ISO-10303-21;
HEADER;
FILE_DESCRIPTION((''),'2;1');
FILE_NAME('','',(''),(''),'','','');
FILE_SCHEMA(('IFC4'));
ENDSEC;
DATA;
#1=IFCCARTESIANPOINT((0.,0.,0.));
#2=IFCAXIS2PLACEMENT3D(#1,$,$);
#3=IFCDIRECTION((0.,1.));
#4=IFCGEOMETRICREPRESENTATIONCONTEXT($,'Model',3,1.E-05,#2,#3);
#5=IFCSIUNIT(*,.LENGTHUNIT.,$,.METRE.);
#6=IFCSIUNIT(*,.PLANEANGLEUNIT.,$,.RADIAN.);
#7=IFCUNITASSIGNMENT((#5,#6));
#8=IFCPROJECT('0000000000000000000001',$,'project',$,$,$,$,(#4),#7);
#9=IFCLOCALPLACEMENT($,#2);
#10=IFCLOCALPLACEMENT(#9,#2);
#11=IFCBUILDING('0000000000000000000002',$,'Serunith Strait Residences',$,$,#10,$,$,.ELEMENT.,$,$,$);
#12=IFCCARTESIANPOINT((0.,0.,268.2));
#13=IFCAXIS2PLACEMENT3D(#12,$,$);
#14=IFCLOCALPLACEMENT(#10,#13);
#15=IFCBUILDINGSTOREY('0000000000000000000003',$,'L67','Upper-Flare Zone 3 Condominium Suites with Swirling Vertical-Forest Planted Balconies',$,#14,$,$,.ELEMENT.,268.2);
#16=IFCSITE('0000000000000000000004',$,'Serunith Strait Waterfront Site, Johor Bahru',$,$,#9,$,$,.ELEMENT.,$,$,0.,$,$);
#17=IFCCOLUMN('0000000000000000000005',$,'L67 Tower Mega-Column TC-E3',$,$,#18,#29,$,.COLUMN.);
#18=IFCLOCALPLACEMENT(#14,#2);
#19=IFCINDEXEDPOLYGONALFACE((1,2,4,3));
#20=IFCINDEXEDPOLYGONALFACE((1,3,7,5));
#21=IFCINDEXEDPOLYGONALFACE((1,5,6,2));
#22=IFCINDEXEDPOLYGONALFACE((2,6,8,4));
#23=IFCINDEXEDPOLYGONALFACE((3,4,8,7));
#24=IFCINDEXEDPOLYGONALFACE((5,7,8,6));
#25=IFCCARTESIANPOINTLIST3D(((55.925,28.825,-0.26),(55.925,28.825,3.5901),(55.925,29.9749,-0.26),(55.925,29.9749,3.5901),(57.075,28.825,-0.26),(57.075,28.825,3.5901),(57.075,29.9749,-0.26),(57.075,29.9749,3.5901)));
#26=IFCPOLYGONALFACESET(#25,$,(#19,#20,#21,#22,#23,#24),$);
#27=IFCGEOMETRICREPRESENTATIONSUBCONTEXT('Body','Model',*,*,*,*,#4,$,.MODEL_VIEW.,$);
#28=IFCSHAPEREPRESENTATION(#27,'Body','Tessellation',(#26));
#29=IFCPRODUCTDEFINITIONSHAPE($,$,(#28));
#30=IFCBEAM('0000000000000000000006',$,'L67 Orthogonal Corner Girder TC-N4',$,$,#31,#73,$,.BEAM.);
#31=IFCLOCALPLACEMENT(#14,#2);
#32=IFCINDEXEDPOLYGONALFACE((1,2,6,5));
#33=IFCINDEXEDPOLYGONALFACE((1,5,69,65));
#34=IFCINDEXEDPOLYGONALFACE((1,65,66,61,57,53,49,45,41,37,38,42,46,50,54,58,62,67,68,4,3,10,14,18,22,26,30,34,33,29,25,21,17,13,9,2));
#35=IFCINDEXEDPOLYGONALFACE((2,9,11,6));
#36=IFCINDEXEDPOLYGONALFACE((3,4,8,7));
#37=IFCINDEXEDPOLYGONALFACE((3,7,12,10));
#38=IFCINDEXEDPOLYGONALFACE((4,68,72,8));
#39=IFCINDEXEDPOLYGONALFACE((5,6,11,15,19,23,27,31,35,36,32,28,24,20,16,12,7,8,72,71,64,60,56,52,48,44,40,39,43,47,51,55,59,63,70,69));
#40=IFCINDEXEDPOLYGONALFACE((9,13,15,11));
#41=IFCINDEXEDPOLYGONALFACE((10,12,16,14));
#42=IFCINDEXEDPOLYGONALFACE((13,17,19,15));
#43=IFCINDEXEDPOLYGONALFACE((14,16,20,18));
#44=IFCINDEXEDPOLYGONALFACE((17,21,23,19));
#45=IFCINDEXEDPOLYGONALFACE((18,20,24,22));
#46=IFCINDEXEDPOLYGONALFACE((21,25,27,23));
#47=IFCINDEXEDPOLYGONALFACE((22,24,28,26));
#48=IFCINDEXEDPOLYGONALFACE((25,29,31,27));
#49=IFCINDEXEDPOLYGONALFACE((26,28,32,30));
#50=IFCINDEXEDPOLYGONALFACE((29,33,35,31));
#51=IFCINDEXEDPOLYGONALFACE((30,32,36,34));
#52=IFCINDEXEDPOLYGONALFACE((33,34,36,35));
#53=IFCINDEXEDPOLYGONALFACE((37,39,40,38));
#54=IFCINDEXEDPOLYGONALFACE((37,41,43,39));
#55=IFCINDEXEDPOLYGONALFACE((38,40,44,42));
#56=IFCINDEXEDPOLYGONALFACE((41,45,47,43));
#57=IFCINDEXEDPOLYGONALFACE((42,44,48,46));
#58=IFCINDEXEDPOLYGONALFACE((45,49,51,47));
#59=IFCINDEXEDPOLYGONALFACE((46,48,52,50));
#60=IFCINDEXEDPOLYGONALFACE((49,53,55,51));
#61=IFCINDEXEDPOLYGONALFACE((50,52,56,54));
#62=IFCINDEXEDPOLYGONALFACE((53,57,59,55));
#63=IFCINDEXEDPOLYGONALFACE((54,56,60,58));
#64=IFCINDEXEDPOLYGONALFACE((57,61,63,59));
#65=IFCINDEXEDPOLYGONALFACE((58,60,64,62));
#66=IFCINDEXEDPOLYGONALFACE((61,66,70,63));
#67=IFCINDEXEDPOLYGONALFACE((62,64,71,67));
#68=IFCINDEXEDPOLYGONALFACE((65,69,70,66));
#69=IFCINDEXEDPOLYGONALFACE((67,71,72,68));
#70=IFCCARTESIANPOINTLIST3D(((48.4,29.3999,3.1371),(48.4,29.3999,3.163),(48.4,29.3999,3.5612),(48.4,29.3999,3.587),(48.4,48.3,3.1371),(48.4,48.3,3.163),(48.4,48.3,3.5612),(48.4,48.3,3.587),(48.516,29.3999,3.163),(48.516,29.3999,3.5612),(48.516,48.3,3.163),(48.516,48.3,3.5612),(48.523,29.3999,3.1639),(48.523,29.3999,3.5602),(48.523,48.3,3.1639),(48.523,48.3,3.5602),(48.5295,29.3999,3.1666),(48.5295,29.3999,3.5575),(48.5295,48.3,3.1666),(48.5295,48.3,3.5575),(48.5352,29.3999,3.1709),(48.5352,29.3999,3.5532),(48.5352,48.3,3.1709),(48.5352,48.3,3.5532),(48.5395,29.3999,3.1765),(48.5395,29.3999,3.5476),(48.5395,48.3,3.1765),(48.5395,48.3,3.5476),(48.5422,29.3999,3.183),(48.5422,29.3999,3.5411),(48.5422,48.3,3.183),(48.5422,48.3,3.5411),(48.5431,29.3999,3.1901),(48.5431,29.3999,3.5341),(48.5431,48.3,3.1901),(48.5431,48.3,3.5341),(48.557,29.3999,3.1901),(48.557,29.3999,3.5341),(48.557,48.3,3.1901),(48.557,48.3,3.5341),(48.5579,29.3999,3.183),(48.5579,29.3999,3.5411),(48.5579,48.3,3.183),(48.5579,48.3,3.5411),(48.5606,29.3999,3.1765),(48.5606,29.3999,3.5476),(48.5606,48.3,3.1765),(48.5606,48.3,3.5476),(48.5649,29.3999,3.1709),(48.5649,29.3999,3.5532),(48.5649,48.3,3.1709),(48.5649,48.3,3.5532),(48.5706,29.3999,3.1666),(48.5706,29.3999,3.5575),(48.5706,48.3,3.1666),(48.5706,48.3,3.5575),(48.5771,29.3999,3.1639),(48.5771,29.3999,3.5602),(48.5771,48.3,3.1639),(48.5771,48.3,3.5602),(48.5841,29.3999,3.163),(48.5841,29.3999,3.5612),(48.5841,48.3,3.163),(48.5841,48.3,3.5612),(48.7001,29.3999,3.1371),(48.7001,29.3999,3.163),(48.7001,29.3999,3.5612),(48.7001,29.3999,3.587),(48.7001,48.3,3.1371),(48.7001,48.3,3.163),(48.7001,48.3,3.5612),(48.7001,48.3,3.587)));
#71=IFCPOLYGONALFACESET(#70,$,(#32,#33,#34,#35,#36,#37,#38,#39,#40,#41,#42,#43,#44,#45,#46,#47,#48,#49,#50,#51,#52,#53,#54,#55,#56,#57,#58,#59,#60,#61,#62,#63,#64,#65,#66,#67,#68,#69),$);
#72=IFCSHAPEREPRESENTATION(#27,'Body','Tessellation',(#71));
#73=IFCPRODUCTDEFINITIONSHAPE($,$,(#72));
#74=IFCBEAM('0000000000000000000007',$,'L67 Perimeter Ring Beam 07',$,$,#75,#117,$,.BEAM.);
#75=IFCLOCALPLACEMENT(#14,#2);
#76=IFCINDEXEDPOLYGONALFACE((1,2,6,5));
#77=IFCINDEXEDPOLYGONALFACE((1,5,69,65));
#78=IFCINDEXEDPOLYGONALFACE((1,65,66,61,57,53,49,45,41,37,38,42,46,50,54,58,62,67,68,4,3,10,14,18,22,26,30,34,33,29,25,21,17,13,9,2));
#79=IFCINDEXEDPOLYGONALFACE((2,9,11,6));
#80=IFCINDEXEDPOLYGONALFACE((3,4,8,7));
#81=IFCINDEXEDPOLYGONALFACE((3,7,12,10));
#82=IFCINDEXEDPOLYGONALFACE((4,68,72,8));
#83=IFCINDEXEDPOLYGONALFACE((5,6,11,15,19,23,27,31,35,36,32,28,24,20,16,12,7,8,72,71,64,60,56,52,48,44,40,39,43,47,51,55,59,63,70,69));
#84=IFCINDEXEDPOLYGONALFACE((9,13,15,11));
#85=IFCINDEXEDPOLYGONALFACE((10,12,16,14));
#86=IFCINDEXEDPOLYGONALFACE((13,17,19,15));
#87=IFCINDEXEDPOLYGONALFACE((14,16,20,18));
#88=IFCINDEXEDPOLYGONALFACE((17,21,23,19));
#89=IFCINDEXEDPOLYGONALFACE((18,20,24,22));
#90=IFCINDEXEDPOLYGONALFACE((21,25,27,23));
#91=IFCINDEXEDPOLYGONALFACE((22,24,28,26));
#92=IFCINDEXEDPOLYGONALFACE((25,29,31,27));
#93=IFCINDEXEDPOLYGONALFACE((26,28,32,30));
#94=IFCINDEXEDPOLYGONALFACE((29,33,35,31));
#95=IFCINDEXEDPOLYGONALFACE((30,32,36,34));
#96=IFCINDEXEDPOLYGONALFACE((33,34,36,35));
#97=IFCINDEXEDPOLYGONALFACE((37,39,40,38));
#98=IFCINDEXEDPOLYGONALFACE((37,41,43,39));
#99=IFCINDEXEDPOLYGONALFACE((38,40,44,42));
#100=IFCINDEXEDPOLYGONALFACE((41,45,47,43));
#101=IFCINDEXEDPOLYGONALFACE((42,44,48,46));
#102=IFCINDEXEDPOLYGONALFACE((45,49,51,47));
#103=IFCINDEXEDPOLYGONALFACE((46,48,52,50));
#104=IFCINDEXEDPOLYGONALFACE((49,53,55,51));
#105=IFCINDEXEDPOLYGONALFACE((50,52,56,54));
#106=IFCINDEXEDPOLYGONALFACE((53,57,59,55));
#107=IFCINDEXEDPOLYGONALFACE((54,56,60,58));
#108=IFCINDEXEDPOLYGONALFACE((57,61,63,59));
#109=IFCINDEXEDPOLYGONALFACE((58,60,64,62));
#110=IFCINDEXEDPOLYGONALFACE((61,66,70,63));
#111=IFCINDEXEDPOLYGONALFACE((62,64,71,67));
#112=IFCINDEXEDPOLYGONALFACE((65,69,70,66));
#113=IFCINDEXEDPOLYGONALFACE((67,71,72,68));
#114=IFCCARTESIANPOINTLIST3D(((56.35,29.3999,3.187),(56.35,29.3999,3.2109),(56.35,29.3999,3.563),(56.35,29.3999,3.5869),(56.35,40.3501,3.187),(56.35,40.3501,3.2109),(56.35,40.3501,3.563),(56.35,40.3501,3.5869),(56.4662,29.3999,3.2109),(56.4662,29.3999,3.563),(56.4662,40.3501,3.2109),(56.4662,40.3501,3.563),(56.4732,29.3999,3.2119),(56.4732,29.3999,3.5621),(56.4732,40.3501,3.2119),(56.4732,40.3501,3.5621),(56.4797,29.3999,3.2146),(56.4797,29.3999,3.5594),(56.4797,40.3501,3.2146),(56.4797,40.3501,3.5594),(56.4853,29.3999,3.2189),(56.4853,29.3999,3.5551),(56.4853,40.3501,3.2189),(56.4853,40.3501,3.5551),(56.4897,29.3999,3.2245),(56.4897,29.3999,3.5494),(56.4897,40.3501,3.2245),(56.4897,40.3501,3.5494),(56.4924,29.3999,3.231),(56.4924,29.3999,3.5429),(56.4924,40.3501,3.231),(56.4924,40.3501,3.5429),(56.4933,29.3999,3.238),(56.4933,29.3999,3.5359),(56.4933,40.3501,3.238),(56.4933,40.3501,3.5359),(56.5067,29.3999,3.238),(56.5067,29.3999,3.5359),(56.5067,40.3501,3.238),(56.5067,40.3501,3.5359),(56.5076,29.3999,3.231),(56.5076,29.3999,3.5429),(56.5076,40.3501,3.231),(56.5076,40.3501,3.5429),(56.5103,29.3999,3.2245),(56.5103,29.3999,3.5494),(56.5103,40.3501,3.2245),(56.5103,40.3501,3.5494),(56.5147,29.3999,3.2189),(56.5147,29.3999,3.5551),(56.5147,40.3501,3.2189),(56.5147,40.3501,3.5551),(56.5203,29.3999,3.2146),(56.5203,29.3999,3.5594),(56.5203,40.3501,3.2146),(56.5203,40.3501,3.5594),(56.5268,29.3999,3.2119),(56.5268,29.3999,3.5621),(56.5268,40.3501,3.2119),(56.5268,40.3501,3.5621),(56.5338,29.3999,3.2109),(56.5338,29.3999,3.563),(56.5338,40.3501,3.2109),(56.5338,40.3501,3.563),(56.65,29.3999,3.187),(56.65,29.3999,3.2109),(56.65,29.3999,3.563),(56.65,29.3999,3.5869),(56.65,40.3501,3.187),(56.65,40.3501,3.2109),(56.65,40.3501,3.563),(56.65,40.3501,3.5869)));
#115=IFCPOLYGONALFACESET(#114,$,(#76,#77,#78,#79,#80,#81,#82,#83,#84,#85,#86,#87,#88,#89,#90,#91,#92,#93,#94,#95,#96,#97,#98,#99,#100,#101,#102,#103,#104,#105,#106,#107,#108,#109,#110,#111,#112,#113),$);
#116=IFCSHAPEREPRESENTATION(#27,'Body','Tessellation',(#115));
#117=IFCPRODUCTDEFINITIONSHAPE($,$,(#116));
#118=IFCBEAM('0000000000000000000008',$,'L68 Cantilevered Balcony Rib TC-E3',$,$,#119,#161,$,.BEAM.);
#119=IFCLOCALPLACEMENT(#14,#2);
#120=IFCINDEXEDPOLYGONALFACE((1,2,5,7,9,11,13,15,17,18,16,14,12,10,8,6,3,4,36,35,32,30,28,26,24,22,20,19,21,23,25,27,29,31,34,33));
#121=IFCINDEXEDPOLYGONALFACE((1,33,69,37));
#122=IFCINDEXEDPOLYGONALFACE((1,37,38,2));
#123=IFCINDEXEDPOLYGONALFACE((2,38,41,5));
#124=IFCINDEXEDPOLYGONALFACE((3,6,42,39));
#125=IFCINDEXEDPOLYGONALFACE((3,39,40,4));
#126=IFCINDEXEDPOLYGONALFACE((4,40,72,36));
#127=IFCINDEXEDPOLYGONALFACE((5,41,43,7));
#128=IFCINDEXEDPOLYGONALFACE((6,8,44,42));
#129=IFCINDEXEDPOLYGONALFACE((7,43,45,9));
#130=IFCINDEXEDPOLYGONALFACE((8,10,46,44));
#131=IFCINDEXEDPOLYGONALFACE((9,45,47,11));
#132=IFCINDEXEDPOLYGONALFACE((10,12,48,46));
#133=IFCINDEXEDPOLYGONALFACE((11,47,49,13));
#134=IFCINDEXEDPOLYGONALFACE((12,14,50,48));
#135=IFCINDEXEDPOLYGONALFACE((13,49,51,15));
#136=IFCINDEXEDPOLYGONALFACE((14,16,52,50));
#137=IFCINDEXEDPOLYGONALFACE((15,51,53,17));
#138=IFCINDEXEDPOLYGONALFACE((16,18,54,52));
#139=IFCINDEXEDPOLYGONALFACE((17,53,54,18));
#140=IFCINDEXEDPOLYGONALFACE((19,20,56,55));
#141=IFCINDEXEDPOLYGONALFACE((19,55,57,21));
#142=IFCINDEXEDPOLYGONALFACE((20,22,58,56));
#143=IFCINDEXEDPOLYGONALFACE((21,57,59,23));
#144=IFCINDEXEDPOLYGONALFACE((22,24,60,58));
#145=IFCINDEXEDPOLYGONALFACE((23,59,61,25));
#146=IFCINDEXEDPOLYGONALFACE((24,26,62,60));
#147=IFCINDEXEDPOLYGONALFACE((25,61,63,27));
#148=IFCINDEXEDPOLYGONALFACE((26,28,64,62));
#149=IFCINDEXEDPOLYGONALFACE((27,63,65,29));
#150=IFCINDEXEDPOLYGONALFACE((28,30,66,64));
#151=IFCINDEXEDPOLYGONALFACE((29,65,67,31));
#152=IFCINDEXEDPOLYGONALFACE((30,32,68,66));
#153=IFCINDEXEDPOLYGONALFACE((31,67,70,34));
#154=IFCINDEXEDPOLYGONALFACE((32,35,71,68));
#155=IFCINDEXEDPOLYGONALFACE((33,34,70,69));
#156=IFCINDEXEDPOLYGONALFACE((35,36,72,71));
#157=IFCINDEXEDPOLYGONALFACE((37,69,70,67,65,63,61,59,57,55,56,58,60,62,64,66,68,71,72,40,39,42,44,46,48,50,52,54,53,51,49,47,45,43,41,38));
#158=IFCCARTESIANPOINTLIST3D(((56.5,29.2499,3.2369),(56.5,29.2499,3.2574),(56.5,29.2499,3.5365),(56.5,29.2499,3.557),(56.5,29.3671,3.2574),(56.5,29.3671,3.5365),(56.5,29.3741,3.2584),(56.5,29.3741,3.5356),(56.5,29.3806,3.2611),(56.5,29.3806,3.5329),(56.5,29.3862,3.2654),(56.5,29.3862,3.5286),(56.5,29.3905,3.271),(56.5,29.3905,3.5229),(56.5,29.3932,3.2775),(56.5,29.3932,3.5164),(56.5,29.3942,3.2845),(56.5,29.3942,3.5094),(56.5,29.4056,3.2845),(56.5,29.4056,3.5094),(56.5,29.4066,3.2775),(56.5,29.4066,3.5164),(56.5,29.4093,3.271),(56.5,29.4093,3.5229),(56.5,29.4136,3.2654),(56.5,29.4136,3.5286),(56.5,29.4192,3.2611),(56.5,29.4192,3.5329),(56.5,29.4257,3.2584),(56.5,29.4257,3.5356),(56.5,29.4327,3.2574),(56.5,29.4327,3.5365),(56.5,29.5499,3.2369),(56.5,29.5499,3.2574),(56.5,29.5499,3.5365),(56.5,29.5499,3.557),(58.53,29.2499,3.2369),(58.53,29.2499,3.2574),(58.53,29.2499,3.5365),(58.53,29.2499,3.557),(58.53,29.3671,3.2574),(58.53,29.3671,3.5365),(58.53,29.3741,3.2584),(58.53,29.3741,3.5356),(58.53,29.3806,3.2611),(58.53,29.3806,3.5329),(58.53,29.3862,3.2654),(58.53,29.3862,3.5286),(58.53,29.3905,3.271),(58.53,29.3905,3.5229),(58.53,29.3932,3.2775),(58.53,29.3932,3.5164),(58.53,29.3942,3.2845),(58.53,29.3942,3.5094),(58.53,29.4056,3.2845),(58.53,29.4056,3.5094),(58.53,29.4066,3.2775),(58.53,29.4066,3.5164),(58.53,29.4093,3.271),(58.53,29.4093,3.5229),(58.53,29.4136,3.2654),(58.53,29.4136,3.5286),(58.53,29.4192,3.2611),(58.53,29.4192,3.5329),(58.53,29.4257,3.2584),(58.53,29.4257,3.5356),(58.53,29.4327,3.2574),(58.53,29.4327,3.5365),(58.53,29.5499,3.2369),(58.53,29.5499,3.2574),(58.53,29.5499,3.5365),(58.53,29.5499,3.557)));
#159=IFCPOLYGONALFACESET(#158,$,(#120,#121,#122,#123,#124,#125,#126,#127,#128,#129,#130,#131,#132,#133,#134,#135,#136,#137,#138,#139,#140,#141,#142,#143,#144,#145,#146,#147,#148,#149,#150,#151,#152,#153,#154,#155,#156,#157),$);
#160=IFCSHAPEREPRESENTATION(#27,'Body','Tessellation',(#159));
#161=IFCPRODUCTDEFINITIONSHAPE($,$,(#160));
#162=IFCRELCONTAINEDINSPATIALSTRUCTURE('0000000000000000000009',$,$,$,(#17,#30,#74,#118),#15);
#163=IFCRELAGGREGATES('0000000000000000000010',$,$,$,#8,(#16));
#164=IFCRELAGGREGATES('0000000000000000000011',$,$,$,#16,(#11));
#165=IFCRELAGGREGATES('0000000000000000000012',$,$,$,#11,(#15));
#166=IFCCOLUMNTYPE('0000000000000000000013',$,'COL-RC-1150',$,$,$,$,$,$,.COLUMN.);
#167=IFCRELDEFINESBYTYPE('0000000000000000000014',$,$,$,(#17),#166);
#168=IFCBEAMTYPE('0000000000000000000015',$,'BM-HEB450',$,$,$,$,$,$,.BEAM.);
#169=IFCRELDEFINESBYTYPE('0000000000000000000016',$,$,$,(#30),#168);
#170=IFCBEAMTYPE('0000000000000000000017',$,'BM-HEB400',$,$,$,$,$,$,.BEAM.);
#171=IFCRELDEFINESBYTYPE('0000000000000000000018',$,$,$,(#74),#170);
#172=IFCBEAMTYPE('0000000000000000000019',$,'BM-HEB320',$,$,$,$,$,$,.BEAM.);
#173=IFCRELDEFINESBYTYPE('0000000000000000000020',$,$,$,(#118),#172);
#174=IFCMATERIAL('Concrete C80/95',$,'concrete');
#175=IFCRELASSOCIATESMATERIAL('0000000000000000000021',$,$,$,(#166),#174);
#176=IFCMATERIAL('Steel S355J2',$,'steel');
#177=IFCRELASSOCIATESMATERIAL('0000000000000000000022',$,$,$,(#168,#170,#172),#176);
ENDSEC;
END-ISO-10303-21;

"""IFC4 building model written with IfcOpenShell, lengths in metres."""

from ifc_helpers import new_model, si_unit, direction, frame, origin, origin_2d, place, context, subcontext, project, spatial, rectangle, i_section, extrude, source, transform, mapped, material, material_profile, profile_set, type_object, element, save


model = new_model("IFC4")

# Units and contexts
model_context = context("Model", 3, precision=1e-05, world=origin(), true_north=direction((0.0, 1.0)))
body_context = subcontext(model_context, "Body", "Model", "MODEL_VIEW")
ifc_project = project(units=[si_unit("LENGTHUNIT", "METRE"), si_unit("PLANEANGLEUNIT", "RADIAN")], contexts=[model_context])

# Site, building, storey
site_placement = place(None, origin())
site = spatial("IfcSite", under=ifc_project, at=site_placement, Name="Serunith Strait Waterfront Site, Johor Bahru", CompositionType="ELEMENT", RefElevation=0.0)
building_placement = place(site_placement, origin())
building = spatial("IfcBuilding", under=site, at=building_placement, Name="Serunith Strait Residences", CompositionType="ELEMENT")
storey_placement = place(building_placement, frame((0.0, 0.0, 268.2)))
storey = spatial("IfcBuildingStorey", under=building, at=storey_placement, Name="L67", Description="Upper-Flare Zone 3 Condominium Suites with Swirling Vertical-Forest Planted Balconies", CompositionType="ELEMENT", Elevation=268.2)

# Column
ifc_material_1 = material(Name="Concrete C80/95", Category="concrete")
ifc_material_profile_1 = material_profile(ifc_material_1, rectangle(XDim=1.1499, YDim=1.1499, at=origin_2d()), Name="RC 1150x1150")
ifc_profile_set_1 = profile_set([ifc_material_profile_1], Name="Concrete C80/95")
column_type = type_object("IfcColumnType", Name="COL-RC-1150", PredefinedType="COLUMN", material=ifc_profile_set_1)
shared_shape_1 = source(origin(), body_context, "Body", "SweptSolid", [
    extrude(rectangle(XDim=1.1499, YDim=1.1499, at=origin_2d()), origin(), (0.0, 0.0, 1.0), 3.8501),
])
column_placement = place(storey_placement, frame((56.5, 29.3999, -0.26), z_axis=(0.0, 0.0, 1.0), x_axis=(1.0, 0.0, 0.0)))
element("IfcColumn", 1, at=column_placement, inside=storey, type_object=column_type, Name="L67 Tower Mega-Column TC-E3", PredefinedType="COLUMN", context=body_context, shape_type="MappedRepresentation", body=[
    mapped(shared_shape_1, transform((0.0, 0.0, 0.0), scale=1.0)),
])

# Beams
ifc_material_2 = material(Name="Steel S355J2", Category="steel")
ifc_material_profile_2 = material_profile(ifc_material_2, i_section(OverallWidth=0.3, OverallDepth=0.45, WebThickness=0.0139, FlangeThickness=0.0259, FilletRadius=0.0271, at=origin_2d()), Name="HEB 450")
ifc_profile_set_2 = profile_set([ifc_material_profile_2], Name="Steel S355J2")
beam_type_1 = type_object("IfcBeamType", Name="BM-HEB450", PredefinedType="BEAM", material=ifc_profile_set_2)
shared_shape_2 = source(origin(), body_context, "Body", "SweptSolid", [
    extrude(i_section(OverallWidth=0.3, OverallDepth=0.45, WebThickness=0.0139, FlangeThickness=0.0259, FilletRadius=0.0271, at=origin_2d()), origin(), (0.0, 0.0, 1.0), 18.9001),
])
beam_1_placement = place(storey_placement, frame((48.55, 29.3999, 3.3621), z_axis=(0.0, 1.0, 0.0), x_axis=(-1.0, 0.0, 0.0)))
element("IfcBeam", 2, at=beam_1_placement, inside=storey, type_object=beam_type_1, Name="L67 Orthogonal Corner Girder TC-N4", PredefinedType="BEAM", context=body_context, shape_type="MappedRepresentation", body=[
    mapped(shared_shape_2, transform((0.0, 0.0, 0.0), scale=1.0)),
])
ifc_material_profile_3 = material_profile(ifc_material_2, i_section(OverallWidth=0.3, OverallDepth=0.3999, WebThickness=0.0134, FlangeThickness=0.0239, FilletRadius=0.0271, at=origin_2d()), Name="HEB 400")
ifc_profile_set_3 = profile_set([ifc_material_profile_3], Name="Steel S355J2")
beam_type_2 = type_object("IfcBeamType", Name="BM-HEB400", PredefinedType="BEAM", material=ifc_profile_set_3)
shared_shape_3 = source(origin(), body_context, "Body", "SweptSolid", [
    extrude(i_section(OverallWidth=0.3, OverallDepth=0.3999, WebThickness=0.0134, FlangeThickness=0.0239, FilletRadius=0.0271, at=origin_2d()), origin(), (0.0, 0.0, 1.0), 10.9502),
])
beam_2_placement = place(storey_placement, frame((56.5, 29.3999, 3.387), z_axis=(0.0, 1.0, 0.0), x_axis=(-1.0, 0.0, 0.0)))
element("IfcBeam", 3, at=beam_2_placement, inside=storey, type_object=beam_type_2, Name="L67 Perimeter Ring Beam 07", PredefinedType="BEAM", context=body_context, shape_type="MappedRepresentation", body=[
    mapped(shared_shape_3, transform((0.0, 0.0, 0.0), scale=1.0)),
])
ifc_material_profile_4 = material_profile(ifc_material_2, i_section(OverallWidth=0.3, OverallDepth=0.3201, WebThickness=0.0115, FlangeThickness=0.0205, FilletRadius=0.0271, at=origin_2d()), Name="HEB 320")
ifc_profile_set_4 = profile_set([ifc_material_profile_4], Name="Steel S355J2")
beam_type_3 = type_object("IfcBeamType", Name="BM-HEB320", PredefinedType="BEAM", material=ifc_profile_set_4)
shared_shape_4 = source(origin(), body_context, "Body", "SweptSolid", [
    extrude(i_section(OverallWidth=0.3, OverallDepth=0.3201, WebThickness=0.0115, FlangeThickness=0.0205, FilletRadius=0.0271, at=origin_2d()), origin(), (0.0, 0.0, 1.0), 2.03),
])
beam_3_placement = place(storey_placement, frame((56.5, 29.3999, 3.397), z_axis=(1.0, 0.0, 0.0), x_axis=(0.0, 1.0, 0.0)))
element("IfcBeam", 4, at=beam_3_placement, inside=storey, type_object=beam_type_3, Name="L68 Cantilevered Balcony Rib TC-E3", PredefinedType="BEAM", context=body_context, shape_type="MappedRepresentation", body=[
    mapped(shared_shape_4, transform((0.0, 0.0, 0.0), scale=1.0)),
])

save(model, "model.ifc")
